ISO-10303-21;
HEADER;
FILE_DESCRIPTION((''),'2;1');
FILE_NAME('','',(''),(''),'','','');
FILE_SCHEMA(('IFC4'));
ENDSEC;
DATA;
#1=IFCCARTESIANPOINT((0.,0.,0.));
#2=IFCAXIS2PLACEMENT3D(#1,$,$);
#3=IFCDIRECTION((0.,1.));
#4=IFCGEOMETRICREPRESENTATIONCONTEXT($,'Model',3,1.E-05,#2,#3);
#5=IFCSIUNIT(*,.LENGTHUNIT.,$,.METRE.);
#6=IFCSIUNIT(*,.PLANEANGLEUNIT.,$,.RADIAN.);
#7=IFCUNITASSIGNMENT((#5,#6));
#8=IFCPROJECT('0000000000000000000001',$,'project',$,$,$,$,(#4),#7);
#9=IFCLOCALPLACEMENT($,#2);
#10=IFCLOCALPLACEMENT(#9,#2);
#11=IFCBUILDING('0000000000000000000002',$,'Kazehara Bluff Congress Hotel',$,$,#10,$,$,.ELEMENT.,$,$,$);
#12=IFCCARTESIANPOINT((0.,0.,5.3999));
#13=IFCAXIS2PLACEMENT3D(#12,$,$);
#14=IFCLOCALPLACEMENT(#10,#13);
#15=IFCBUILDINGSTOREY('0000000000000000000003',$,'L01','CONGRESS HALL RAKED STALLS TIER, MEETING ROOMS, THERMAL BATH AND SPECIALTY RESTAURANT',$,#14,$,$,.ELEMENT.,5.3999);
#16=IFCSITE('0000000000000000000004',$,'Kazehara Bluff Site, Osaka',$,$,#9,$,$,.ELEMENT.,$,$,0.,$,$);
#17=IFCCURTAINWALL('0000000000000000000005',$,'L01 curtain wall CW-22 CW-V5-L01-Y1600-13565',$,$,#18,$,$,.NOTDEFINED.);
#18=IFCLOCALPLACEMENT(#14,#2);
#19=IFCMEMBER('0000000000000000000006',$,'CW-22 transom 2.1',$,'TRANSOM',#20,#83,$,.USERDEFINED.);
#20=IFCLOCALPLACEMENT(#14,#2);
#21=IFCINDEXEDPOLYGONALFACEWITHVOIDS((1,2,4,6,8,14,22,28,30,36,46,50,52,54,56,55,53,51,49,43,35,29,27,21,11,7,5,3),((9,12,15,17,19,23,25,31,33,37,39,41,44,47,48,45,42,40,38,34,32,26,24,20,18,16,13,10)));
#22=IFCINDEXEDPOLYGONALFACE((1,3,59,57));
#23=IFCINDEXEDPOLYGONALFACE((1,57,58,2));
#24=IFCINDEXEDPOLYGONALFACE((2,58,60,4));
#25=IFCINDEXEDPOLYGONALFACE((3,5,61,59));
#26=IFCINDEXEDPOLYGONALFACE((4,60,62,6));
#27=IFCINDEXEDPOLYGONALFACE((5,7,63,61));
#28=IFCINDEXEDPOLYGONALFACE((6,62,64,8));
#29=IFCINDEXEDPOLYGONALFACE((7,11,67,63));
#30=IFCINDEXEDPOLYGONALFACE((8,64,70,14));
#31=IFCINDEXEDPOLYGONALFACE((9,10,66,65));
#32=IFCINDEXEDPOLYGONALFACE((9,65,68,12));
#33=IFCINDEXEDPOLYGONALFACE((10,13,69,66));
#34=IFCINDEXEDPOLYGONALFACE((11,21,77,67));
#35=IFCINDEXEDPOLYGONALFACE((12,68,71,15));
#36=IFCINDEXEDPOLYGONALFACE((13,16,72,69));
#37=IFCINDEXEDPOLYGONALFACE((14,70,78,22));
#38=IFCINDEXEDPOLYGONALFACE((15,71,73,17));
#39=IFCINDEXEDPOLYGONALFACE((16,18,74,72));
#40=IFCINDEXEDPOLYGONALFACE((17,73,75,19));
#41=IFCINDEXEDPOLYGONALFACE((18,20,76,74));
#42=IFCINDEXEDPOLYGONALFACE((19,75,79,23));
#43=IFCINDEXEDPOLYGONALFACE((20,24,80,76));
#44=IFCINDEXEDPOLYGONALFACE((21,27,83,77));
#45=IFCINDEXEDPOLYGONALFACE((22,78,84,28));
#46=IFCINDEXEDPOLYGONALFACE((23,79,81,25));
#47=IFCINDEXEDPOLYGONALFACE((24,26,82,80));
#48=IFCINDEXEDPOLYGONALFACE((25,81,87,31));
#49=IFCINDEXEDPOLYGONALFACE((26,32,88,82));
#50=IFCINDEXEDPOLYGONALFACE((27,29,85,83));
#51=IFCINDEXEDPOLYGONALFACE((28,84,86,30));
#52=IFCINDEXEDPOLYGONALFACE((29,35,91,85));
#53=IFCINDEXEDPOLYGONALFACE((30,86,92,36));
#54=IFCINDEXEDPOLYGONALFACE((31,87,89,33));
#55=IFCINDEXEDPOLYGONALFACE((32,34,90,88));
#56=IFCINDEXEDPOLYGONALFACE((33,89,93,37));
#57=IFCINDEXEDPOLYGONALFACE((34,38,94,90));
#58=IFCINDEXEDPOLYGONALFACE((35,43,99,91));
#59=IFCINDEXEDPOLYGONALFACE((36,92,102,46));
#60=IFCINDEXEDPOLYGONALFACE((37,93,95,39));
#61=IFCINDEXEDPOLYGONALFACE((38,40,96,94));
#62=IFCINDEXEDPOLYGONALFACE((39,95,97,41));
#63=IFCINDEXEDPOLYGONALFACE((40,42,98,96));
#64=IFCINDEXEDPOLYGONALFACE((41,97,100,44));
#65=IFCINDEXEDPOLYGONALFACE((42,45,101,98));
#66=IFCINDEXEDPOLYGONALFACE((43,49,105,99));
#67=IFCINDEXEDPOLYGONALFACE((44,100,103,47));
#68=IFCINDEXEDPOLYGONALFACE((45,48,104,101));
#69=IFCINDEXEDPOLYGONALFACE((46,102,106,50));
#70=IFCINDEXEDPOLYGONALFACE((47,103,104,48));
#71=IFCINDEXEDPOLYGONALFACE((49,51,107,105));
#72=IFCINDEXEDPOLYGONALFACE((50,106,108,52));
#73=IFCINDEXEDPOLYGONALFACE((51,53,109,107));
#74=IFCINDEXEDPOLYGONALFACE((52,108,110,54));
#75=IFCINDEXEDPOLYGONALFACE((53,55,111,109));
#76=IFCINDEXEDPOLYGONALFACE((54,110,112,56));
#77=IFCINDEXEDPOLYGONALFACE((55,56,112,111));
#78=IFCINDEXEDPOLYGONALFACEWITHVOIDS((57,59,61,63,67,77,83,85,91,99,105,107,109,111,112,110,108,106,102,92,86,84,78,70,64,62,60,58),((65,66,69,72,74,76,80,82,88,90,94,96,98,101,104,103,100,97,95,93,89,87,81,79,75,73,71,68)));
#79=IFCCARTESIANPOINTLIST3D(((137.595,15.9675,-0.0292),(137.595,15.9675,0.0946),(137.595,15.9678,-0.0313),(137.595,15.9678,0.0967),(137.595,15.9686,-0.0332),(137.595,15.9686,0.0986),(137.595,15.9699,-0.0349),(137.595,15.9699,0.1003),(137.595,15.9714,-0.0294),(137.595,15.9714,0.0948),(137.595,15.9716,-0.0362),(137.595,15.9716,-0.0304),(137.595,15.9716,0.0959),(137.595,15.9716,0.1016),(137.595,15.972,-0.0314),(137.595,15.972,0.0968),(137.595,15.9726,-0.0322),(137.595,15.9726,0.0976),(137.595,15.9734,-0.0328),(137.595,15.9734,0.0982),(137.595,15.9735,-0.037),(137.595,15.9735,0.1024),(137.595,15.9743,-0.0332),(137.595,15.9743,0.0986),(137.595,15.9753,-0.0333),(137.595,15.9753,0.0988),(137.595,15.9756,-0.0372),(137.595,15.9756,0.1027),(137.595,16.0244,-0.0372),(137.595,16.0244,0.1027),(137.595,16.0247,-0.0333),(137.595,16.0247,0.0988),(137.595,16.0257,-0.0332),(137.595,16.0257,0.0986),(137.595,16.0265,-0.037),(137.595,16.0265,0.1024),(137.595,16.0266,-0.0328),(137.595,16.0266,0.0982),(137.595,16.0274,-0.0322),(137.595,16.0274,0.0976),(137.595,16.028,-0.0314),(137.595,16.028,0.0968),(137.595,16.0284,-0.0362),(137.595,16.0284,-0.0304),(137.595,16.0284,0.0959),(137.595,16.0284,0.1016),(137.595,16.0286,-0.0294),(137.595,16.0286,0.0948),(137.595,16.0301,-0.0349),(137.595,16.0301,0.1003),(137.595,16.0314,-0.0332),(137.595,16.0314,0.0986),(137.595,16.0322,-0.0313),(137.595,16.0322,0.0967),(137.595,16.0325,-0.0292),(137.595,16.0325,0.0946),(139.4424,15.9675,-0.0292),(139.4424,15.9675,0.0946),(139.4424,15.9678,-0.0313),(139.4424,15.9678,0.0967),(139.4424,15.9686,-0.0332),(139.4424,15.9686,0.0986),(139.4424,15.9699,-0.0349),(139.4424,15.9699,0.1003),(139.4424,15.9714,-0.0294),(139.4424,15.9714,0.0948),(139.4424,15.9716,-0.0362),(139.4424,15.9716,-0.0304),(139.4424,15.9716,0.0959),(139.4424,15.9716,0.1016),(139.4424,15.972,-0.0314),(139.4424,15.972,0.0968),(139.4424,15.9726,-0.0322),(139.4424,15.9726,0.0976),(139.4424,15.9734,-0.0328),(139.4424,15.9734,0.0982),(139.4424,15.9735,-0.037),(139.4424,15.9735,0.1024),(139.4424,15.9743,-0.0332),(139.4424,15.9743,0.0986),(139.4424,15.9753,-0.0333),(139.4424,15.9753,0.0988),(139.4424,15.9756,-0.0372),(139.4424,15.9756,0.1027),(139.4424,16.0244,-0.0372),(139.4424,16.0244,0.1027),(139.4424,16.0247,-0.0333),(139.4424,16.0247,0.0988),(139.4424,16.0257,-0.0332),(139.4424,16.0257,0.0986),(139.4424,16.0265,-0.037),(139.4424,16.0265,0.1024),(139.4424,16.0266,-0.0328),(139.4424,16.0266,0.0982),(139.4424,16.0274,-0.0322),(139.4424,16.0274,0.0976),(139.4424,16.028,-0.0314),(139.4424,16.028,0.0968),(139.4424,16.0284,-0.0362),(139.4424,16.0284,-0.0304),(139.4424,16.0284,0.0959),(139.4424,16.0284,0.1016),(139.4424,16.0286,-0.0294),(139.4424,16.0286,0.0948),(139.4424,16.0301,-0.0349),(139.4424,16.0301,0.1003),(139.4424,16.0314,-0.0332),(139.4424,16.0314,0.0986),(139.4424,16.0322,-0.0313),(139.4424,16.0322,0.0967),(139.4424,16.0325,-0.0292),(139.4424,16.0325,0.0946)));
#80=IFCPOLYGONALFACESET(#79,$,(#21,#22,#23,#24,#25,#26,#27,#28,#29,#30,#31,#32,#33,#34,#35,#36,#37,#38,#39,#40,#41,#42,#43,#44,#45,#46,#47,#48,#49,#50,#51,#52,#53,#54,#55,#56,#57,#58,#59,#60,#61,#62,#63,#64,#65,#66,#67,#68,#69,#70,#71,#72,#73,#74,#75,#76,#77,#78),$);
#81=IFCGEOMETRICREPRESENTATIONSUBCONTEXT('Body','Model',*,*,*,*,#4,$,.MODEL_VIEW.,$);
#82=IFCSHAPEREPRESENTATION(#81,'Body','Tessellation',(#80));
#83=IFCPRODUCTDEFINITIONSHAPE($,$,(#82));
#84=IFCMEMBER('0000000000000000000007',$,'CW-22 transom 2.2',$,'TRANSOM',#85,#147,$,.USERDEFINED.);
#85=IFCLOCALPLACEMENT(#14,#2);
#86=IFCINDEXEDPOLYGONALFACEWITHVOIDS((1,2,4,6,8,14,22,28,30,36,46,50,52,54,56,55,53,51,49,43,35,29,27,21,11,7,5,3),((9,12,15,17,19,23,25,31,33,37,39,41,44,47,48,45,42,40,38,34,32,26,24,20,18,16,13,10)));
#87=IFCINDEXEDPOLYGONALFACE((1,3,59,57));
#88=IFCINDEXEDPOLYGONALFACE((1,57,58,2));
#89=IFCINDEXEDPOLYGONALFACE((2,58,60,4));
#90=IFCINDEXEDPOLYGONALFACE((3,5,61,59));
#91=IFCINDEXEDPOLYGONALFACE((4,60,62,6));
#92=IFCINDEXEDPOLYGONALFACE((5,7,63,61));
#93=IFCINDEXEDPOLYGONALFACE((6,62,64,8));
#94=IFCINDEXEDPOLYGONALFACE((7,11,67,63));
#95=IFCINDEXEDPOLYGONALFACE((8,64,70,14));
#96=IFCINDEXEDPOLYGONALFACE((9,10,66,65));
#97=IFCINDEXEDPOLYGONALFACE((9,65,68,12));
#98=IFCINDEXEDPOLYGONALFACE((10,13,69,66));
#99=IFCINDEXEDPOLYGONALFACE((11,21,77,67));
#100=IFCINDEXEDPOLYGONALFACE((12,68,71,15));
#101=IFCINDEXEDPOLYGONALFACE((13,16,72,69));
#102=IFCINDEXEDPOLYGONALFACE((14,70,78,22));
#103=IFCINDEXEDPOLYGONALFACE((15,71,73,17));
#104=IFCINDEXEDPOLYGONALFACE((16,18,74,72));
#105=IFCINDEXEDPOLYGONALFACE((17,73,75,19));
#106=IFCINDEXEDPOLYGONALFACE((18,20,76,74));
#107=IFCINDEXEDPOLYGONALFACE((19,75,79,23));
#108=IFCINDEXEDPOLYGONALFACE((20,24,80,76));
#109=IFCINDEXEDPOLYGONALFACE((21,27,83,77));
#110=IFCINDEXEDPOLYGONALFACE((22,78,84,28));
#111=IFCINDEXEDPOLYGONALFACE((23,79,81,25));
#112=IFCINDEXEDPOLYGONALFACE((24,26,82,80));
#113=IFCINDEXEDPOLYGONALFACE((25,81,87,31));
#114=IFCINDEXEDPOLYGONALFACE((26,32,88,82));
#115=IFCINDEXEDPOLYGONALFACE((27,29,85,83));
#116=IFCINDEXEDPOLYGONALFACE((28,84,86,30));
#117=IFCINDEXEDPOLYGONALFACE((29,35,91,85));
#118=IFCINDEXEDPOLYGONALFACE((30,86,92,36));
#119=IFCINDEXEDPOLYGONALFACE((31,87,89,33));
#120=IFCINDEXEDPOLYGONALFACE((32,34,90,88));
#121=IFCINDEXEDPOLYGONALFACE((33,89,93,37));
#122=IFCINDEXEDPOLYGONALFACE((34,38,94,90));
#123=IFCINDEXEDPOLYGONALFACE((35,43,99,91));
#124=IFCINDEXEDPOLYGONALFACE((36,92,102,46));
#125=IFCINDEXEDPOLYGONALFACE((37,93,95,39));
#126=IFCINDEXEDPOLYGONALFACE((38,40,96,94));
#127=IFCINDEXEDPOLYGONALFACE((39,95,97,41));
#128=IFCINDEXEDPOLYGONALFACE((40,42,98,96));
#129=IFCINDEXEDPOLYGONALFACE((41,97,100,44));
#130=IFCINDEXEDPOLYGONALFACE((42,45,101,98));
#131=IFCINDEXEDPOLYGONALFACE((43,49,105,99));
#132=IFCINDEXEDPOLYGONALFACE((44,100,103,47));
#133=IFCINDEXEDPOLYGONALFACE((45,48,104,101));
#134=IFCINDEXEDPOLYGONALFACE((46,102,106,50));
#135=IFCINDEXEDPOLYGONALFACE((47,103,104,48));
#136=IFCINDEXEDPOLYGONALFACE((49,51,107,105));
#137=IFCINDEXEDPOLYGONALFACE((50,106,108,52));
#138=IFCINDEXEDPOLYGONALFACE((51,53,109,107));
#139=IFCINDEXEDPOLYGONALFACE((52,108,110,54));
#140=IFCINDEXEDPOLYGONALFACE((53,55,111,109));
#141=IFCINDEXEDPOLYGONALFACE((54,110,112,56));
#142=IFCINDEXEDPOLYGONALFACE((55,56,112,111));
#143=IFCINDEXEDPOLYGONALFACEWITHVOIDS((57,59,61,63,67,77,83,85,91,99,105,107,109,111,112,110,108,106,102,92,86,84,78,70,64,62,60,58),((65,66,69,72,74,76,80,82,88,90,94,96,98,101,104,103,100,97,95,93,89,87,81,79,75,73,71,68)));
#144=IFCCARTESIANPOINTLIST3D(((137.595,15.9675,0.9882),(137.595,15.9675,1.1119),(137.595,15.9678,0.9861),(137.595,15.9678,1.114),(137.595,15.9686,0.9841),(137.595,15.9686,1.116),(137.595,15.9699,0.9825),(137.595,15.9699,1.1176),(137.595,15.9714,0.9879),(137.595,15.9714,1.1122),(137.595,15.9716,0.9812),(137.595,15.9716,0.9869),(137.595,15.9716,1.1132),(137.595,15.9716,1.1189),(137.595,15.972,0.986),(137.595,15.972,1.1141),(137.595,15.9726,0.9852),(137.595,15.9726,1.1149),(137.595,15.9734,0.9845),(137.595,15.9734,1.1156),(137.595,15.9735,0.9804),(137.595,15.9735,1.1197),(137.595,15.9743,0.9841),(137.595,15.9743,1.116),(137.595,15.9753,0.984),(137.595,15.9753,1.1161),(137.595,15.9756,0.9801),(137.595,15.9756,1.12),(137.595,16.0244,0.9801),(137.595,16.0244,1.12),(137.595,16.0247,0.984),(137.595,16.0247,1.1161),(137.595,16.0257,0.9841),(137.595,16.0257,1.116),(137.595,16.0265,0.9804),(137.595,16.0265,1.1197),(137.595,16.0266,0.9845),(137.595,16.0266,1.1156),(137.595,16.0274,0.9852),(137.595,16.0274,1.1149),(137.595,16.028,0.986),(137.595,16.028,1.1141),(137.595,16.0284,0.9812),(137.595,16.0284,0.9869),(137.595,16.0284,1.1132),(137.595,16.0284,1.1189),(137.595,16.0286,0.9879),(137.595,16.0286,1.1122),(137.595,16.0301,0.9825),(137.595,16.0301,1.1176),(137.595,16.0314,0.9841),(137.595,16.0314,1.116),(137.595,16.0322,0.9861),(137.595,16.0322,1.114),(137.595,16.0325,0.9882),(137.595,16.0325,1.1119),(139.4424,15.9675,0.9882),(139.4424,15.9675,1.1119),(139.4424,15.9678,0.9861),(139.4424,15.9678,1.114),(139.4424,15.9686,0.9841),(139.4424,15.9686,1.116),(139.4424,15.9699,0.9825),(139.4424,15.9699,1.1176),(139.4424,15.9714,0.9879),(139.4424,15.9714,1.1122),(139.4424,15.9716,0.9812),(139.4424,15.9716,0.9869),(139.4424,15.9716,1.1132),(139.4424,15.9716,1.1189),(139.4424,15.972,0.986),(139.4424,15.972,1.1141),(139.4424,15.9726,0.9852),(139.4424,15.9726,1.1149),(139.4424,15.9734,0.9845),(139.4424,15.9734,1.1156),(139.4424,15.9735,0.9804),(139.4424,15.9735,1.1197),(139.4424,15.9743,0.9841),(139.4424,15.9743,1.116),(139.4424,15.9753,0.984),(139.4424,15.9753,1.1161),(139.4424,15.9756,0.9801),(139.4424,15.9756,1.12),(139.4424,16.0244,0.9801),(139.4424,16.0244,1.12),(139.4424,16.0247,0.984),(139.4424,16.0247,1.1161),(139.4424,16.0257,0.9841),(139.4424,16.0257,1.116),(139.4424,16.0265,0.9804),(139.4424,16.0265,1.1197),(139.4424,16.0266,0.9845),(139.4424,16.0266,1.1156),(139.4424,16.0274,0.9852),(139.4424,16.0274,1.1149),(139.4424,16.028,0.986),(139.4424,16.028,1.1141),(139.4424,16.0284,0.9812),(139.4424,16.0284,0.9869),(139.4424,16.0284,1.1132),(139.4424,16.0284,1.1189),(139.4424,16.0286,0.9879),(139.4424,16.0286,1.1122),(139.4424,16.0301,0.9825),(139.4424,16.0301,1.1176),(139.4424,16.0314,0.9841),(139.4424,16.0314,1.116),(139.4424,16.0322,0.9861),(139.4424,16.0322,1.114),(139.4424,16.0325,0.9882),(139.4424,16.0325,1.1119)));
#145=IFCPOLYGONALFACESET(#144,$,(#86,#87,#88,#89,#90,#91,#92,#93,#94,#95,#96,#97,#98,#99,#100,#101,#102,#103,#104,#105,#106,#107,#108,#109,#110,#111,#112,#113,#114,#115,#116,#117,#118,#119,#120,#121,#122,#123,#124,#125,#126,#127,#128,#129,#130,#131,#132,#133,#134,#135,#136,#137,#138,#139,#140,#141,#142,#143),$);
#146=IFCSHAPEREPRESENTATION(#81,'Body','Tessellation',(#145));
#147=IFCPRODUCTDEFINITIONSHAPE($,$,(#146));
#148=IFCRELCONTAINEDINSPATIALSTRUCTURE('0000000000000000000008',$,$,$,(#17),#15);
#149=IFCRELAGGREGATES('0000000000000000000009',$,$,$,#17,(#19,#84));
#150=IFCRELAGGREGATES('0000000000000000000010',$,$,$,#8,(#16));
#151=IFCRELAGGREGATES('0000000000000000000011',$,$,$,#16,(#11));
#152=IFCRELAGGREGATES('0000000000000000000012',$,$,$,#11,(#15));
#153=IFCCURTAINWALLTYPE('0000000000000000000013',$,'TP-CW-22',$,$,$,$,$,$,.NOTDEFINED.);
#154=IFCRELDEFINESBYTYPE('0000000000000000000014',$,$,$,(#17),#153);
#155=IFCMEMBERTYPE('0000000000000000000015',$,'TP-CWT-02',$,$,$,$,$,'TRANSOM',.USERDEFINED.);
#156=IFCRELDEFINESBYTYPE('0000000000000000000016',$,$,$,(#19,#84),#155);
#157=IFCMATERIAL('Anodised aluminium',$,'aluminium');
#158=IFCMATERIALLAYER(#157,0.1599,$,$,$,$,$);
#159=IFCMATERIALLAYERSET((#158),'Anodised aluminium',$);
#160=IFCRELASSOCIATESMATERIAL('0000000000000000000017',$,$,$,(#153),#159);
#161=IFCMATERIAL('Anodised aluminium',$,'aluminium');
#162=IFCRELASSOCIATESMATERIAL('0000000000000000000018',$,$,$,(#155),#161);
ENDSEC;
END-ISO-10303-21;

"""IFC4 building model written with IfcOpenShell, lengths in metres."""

from ifc_helpers import new_model, si_unit, direction, frame, origin, origin_2d, place, context, subcontext, project, spatial, hollow_rectangle, extrude, material, layer, layer_set, material_profile, profile_set, type_object, element, aggregate, save


model = new_model("IFC4")

# Units and contexts
model_context = context("Model", 3, precision=1e-05, world=origin(), true_north=direction((0.0, 1.0)))
body_context = subcontext(model_context, "Body", "Model", "MODEL_VIEW")
ifc_project = project(units=[si_unit("LENGTHUNIT", "METRE"), si_unit("PLANEANGLEUNIT", "RADIAN")], contexts=[model_context])

# Site, building, storey
site_placement = place(None, origin())
site = spatial("IfcSite", under=ifc_project, at=site_placement, Name="Kazehara Bluff Site, Osaka", CompositionType="ELEMENT", RefElevation=0.0)
building_placement = place(site_placement, origin())
building = spatial("IfcBuilding", under=site, at=building_placement, Name="Kazehara Bluff Congress Hotel", CompositionType="ELEMENT")
storey_placement = place(building_placement, frame((0.0, 0.0, 5.3999)))
storey = spatial("IfcBuildingStorey", under=building, at=storey_placement, Name="L01", Description="CONGRESS HALL RAKED STALLS TIER, MEETING ROOMS, THERMAL BATH AND SPECIALTY RESTAURANT", CompositionType="ELEMENT", Elevation=5.3999)

# Curtain wall
ifc_material_1 = material(Name="Anodised aluminium", Category="aluminium")
ifc_layer_1 = layer(ifc_material_1, 0.1599)
ifc_layer_set_1 = layer_set([ifc_layer_1], Name="Anodised aluminium")
curtain_wall_type_1 = type_object("IfcCurtainWallType", Name="TP-CW-22", PredefinedType="NOTDEFINED", material=ifc_layer_set_1)
curtain_wall_1_placement = place(storey_placement, origin())
curtain_wall_1 = element("IfcCurtainWall", 1, at=curtain_wall_1_placement, inside=storey, type_object=curtain_wall_type_1, Name="L01 curtain wall CW-22 CW-V5-L01-Y1600-13565", PredefinedType="NOTDEFINED")

# Members
ifc_material_2 = material(Name="Anodised aluminium", Category="aluminium")
ifc_material_profile_1 = material_profile(ifc_material_2, hollow_rectangle(XDim=0.0649, YDim=0.1399, WallThickness=0.0039, InnerFilletRadius=0.0039, OuterFilletRadius=0.0081, at=origin_2d()))
ifc_profile_set_1 = profile_set([ifc_material_profile_1], Name="Anodised aluminium")
member_type_1 = type_object("IfcMemberType", Name="TP-CWT-02", ElementType="TRANSOM", PredefinedType="USERDEFINED", material=ifc_profile_set_1)
member_1_placement = place(storey_placement, frame((137.595, 16.0, 0.0327), z_axis=(1.0, 0.0, 0.0), x_axis=(0.0, 1.0, 0.0)))
member_1 = element("IfcMember", 2, at=member_1_placement, type_object=member_type_1, Name="CW-22 transom 2.1", ObjectType="TRANSOM", PredefinedType="USERDEFINED", context=body_context, shape_type="SweptSolid", body=[
    extrude(hollow_rectangle(XDim=0.0649, YDim=0.1399, WallThickness=0.0039, InnerFilletRadius=0.0039, OuterFilletRadius=0.0081, at=origin_2d()), origin(), (0.0, 0.0, 1.0), 1.8474),
])
member_2_placement = place(storey_placement, frame((137.595, 16.0, 1.05), z_axis=(1.0, 0.0, 0.0), x_axis=(0.0, 1.0, 0.0)))
member_2 = element("IfcMember", 3, at=member_2_placement, type_object=member_type_1, Name="CW-22 transom 2.2", ObjectType="TRANSOM", PredefinedType="USERDEFINED", context=body_context, shape_type="SweptSolid", body=[
    extrude(hollow_rectangle(XDim=0.0649, YDim=0.1399, WallThickness=0.0039, InnerFilletRadius=0.0039, OuterFilletRadius=0.0081, at=origin_2d()), origin(), (0.0, 0.0, 1.0), 1.8474),
])

aggregate(curtain_wall_1, [member_1, member_2])

save(model, "model.ifc")
